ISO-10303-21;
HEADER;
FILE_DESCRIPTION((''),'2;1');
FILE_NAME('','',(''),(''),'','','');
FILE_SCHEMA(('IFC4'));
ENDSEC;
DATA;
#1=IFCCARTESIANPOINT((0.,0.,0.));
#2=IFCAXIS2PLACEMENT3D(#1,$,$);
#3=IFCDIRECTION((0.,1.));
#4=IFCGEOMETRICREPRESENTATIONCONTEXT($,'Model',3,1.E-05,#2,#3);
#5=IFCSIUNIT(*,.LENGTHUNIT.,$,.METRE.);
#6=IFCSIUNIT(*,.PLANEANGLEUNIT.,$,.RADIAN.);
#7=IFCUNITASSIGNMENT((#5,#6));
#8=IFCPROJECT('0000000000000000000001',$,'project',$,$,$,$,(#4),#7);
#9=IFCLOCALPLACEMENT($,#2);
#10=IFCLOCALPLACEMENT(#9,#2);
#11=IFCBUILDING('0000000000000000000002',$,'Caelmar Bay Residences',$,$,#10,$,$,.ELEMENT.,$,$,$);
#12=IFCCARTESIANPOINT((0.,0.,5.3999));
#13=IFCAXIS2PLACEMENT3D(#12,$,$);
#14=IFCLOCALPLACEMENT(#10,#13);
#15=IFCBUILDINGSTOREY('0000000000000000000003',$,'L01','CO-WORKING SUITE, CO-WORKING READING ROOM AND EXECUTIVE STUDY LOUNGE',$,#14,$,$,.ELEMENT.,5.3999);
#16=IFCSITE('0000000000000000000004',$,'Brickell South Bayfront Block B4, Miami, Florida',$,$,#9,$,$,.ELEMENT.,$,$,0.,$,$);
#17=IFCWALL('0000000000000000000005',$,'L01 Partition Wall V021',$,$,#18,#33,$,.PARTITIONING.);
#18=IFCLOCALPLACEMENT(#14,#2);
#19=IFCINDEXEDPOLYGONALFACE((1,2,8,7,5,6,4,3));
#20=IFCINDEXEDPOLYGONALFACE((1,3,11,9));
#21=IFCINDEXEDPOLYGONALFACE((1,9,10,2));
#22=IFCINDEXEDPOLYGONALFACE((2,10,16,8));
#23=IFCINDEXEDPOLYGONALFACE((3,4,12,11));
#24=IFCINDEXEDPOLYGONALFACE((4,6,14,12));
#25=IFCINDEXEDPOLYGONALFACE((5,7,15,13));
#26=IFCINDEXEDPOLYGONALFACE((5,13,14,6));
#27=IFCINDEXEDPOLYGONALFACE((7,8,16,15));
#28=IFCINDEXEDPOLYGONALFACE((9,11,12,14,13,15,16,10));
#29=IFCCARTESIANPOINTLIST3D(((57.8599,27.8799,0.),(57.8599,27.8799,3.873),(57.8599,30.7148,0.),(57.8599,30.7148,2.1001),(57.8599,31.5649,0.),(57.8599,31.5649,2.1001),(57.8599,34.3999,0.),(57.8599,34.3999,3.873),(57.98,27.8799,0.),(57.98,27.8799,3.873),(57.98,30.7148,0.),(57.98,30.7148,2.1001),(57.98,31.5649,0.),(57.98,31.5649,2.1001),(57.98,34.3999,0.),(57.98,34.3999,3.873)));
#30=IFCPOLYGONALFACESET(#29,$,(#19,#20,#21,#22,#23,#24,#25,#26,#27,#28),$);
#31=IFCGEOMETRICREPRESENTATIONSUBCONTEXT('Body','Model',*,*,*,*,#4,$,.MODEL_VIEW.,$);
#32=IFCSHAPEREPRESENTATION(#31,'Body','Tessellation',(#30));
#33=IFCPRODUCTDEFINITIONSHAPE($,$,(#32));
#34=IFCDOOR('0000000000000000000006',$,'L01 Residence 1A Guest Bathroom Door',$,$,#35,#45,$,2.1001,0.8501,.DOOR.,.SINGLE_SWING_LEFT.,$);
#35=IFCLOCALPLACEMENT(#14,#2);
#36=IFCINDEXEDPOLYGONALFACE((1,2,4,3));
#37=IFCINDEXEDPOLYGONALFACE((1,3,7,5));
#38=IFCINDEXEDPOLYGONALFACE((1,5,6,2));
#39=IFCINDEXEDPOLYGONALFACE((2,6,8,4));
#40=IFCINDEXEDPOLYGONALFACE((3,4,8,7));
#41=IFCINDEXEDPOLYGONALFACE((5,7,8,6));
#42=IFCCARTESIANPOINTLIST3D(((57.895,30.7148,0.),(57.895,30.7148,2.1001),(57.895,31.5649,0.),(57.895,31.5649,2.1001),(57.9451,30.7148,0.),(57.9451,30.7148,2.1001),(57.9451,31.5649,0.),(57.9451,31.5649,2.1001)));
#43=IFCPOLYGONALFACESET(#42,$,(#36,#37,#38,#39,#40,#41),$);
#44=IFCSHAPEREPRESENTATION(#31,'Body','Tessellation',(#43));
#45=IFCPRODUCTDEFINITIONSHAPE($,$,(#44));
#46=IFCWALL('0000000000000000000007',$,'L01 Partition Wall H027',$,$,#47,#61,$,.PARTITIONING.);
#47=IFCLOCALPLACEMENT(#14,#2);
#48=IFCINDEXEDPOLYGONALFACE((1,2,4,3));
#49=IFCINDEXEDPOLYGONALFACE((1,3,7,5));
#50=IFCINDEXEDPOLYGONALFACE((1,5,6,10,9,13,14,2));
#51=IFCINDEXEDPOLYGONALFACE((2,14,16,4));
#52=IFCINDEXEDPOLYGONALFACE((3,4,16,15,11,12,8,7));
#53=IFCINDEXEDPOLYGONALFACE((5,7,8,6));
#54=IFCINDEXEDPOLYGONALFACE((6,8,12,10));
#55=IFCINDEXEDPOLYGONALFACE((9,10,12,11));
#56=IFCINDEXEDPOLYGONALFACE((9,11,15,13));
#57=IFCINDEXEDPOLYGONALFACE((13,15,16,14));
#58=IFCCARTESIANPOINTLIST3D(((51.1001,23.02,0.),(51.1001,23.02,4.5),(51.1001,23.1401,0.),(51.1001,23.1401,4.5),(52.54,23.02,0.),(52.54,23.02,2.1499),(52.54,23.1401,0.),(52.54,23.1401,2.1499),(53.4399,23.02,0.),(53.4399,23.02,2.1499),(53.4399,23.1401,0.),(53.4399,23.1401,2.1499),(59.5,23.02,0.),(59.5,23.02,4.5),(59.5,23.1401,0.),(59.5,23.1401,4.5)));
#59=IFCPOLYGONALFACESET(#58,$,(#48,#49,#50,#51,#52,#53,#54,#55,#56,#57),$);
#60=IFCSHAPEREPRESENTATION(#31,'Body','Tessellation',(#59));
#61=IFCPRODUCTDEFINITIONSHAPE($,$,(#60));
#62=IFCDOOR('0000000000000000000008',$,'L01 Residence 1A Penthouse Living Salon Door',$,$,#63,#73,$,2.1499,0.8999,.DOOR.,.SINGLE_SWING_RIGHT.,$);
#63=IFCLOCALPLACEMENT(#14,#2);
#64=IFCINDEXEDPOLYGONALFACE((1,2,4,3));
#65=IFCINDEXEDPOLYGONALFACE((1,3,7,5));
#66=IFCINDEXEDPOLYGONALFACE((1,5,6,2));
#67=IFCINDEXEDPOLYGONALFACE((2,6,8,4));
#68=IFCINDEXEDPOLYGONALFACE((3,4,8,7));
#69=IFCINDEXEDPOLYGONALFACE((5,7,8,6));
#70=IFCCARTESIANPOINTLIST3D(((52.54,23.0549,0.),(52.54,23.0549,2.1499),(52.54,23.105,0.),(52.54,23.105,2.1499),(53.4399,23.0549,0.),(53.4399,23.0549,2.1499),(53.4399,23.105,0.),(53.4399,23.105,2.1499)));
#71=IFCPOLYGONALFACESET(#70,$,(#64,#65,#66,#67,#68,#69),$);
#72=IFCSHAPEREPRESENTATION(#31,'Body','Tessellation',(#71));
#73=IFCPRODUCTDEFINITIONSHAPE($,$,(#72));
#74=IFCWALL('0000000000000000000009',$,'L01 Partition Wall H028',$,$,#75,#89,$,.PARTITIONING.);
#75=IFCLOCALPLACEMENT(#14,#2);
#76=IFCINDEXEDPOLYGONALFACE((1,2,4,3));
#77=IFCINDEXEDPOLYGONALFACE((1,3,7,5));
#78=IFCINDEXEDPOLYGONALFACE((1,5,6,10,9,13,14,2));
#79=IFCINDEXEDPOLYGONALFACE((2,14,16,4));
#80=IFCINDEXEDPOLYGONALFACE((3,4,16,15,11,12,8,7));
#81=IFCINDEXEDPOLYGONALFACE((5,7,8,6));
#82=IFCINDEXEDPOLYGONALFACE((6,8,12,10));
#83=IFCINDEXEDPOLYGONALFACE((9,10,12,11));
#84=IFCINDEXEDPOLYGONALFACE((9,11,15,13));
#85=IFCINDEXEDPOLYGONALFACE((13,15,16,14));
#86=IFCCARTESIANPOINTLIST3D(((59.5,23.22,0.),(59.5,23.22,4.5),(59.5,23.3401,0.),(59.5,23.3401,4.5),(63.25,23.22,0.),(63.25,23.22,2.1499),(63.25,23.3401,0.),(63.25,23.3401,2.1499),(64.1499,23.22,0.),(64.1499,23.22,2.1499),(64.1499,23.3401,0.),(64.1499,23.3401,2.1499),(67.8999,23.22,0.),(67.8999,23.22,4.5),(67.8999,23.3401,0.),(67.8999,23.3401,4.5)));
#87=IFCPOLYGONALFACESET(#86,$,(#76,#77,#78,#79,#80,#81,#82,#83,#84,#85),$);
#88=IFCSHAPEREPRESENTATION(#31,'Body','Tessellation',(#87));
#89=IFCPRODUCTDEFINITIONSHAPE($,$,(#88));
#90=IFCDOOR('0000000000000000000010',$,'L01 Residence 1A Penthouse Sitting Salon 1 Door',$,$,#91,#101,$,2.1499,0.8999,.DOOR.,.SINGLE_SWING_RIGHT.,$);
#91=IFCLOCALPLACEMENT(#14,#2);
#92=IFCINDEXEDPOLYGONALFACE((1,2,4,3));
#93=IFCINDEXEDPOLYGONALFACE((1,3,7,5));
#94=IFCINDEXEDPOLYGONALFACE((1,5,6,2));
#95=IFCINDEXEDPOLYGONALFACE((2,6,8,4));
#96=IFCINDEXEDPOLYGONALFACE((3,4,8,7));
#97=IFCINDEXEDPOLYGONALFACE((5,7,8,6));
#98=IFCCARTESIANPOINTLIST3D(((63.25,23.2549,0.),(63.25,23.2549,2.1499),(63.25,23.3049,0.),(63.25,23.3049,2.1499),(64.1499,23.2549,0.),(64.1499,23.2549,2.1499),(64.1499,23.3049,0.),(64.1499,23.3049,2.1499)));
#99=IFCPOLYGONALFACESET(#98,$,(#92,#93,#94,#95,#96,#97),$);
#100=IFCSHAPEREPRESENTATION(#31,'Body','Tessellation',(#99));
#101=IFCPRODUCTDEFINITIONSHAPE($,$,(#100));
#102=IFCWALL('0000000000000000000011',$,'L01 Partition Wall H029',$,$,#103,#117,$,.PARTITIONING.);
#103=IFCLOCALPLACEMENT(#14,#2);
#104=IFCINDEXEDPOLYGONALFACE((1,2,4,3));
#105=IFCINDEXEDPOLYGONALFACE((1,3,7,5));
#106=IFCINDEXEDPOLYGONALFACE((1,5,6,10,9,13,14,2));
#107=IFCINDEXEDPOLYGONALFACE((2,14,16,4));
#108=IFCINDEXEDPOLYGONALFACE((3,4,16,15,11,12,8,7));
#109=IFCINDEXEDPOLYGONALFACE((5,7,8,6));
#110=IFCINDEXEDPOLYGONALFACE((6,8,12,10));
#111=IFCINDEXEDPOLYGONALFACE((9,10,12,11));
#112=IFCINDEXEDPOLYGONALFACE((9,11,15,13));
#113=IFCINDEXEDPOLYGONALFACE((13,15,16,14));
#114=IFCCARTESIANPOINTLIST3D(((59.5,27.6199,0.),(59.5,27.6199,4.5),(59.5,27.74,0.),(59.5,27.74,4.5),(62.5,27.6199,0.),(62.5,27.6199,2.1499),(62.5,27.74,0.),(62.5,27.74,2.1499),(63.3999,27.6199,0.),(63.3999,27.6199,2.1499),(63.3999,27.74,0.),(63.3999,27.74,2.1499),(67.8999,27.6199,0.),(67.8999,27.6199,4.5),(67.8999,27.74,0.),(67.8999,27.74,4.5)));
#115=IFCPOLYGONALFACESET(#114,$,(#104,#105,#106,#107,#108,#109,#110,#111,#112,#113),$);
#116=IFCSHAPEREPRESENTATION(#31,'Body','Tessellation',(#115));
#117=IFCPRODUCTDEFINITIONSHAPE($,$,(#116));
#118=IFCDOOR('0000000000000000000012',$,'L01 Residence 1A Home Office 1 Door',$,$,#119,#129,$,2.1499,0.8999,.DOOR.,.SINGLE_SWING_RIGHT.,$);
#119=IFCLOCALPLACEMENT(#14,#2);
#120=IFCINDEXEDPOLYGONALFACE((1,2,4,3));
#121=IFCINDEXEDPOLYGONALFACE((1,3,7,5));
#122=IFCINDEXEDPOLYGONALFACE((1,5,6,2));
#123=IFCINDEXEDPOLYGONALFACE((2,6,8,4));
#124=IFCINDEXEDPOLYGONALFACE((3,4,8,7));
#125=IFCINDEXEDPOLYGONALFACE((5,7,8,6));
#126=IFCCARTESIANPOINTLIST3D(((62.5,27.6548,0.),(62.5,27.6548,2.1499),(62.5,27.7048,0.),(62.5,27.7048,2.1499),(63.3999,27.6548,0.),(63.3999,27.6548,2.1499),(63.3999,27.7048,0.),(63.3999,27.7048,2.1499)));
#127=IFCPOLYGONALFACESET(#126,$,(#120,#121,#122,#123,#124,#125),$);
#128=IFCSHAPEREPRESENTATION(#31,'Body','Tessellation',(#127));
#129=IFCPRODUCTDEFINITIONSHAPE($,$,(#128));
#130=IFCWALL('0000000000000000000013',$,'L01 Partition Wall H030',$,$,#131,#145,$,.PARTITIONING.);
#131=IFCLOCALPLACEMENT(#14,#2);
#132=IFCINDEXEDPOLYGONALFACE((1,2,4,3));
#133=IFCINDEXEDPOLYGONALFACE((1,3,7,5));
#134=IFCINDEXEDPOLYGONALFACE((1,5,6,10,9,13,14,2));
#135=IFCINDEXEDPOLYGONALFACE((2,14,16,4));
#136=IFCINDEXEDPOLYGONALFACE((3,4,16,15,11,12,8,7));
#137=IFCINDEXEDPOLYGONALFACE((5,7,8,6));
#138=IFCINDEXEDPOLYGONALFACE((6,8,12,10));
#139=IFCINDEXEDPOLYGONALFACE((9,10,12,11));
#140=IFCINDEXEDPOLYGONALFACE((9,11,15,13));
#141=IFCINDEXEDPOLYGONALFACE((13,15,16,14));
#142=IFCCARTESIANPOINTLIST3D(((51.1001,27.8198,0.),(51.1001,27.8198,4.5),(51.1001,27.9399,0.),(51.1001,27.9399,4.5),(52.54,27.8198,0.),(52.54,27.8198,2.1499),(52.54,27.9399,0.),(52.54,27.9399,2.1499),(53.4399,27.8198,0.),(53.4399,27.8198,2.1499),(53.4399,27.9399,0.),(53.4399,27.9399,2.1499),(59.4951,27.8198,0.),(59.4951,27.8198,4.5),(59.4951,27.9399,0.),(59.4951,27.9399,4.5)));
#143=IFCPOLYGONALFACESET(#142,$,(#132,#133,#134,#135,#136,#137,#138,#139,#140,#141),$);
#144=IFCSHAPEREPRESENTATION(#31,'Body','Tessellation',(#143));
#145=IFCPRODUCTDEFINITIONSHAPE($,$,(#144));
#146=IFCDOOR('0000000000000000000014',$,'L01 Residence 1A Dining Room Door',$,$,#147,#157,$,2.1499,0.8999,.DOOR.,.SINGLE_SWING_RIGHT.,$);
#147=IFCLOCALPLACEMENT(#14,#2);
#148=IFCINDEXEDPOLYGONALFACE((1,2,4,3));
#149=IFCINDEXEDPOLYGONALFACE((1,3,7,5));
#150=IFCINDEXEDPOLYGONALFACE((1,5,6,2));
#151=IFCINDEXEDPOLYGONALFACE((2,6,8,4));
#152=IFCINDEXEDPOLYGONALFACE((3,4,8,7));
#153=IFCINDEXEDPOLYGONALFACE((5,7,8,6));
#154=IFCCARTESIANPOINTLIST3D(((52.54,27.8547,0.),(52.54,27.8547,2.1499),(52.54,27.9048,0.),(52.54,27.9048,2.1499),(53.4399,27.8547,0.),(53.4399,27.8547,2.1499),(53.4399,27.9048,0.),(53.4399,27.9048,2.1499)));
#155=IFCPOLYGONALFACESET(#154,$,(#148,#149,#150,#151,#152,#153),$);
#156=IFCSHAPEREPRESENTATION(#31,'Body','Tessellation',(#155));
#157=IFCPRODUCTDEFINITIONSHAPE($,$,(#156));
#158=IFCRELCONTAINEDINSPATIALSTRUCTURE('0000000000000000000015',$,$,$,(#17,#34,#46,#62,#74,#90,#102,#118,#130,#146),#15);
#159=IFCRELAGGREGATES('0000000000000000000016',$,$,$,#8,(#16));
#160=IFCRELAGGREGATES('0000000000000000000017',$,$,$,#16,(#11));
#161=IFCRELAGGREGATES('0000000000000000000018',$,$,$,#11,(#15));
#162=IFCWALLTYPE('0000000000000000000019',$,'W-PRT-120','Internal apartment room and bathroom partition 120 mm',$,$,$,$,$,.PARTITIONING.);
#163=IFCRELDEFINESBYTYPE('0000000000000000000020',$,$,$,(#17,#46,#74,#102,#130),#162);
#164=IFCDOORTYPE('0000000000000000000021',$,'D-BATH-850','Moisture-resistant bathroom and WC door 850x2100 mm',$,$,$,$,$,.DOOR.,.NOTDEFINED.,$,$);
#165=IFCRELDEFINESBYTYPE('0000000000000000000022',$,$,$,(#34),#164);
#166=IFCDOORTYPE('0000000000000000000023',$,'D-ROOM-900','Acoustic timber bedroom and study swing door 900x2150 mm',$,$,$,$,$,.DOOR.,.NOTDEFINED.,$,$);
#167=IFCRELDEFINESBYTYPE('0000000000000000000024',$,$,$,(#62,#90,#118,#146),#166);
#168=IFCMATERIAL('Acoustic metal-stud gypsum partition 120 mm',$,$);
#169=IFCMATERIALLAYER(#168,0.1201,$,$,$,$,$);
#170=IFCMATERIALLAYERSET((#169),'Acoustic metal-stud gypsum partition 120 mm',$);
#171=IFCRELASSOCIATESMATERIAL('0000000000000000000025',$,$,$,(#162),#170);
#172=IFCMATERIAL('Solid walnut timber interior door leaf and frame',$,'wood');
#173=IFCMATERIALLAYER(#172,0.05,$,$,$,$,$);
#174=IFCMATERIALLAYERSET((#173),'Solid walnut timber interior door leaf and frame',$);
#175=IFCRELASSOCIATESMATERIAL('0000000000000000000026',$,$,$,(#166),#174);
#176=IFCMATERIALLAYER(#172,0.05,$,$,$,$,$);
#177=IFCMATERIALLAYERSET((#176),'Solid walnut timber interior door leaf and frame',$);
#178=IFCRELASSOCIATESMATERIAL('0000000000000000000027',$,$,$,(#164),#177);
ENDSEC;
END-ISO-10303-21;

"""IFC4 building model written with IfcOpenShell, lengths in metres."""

from ifc_helpers import new_model, si_unit, direction, frame, frame_2d, origin, place, context, subcontext, project, spatial, rectangle, extrude, material, layer, layer_set, type_object, element, fill, save


model = new_model("IFC4")

# Units and contexts
model_context = context("Model", 3, precision=1e-05, world=origin(), true_north=direction((0.0, 1.0)))
body_context = subcontext(model_context, "Body", "Model", "MODEL_VIEW")
ifc_project = project(units=[si_unit("LENGTHUNIT", "METRE"), si_unit("PLANEANGLEUNIT", "RADIAN")], contexts=[model_context])

# Site, building, storey
site_placement = place(None, origin())
site = spatial("IfcSite", under=ifc_project, at=site_placement, Name="Brickell South Bayfront Block B4, Miami, Florida", CompositionType="ELEMENT", RefElevation=0.0)
building_placement = place(site_placement, origin())
building = spatial("IfcBuilding", under=site, at=building_placement, Name="Caelmar Bay Residences", CompositionType="ELEMENT")
storey_placement = place(building_placement, frame((0.0, 0.0, 5.3999)))
storey = spatial("IfcBuildingStorey", under=building, at=storey_placement, Name="L01", Description="CO-WORKING SUITE, CO-WORKING READING ROOM AND EXECUTIVE STUDY LOUNGE", CompositionType="ELEMENT", Elevation=5.3999)

# Walls, openings, doors
ifc_material_1 = material(Name="Acoustic metal-stud gypsum partition 120 mm")
ifc_layer_1 = layer(ifc_material_1, 0.1201)
ifc_layer_set_1 = layer_set([ifc_layer_1], Name="Acoustic metal-stud gypsum partition 120 mm")
wall_type_1 = type_object("IfcWallType", Name="W-PRT-120", Description="Internal apartment room and bathroom partition 120 mm", PredefinedType="PARTITIONING", material=ifc_layer_set_1)
ifc_material_2 = material(Name="Solid walnut timber interior door leaf and frame", Category="wood")
ifc_layer_2 = layer(ifc_material_2, 0.05)
ifc_layer_set_2 = layer_set([ifc_layer_2], Name="Solid walnut timber interior door leaf and frame")
door_type_1 = type_object("IfcDoorType", Name="D-ROOM-900", Description="Acoustic timber bedroom and study swing door 900x2150 mm", OperationType="NOTDEFINED", PredefinedType="DOOR", material=ifc_layer_set_2)
wall_1_placement = place(storey_placement, frame((57.9199, 27.8799, 0.0), z_axis=(0.0, 0.0, 1.0), x_axis=(0.0, 1.0, 0.0)))
wall_1 = element("IfcWall", 1, at=wall_1_placement, inside=storey, type_object=wall_type_1, Name="L01 Partition Wall V021", PredefinedType="PARTITIONING", context=body_context, shape_type="SweptSolid", body=[
    extrude(rectangle(XDim=6.52, YDim=0.1201, at=frame_2d((3.26, 0.0))), origin(), (0.0, 0.0, 1.0), 3.873),
])
opening_1_placement = place(wall_1_placement, frame((2.835, 0.0, 0.0)))
opening_1 = element("IfcOpeningElement", 2, at=opening_1_placement, cuts=wall_1, PredefinedType="OPENING", context=body_context, shape_type="SweptSolid", body=[
    extrude(rectangle(XDim=0.8501, YDim=2.1001, at=frame_2d((0.425, 1.05))), frame((0.0, 0.0701, 0.0), z_axis=(0.0, -1.0, 0.0), x_axis=(1.0, 0.0, 0.0)), (0.0, 0.0, 1.0), 0.1401),
])
ifc_layer_3 = layer(ifc_material_2, 0.05)
ifc_layer_set_3 = layer_set([ifc_layer_3], Name="Solid walnut timber interior door leaf and frame")
door_type_2 = type_object("IfcDoorType", Name="D-BATH-850", Description="Moisture-resistant bathroom and WC door 850x2100 mm", OperationType="NOTDEFINED", PredefinedType="DOOR", material=ifc_layer_set_3)
door_1_placement = place(opening_1_placement, origin())
door_1 = element("IfcDoor", 3, at=door_1_placement, inside=storey, type_object=door_type_2, Name="L01 Residence 1A Guest Bathroom Door", OperationType="SINGLE_SWING_LEFT", OverallHeight=2.1001, OverallWidth=0.8501, PredefinedType="DOOR", context=body_context, shape_type="SweptSolid", body=[
    extrude(rectangle(XDim=0.8501, YDim=2.1001, at=frame_2d((0.425, 1.05))), frame((0.0, 0.0249, 0.0), z_axis=(0.0, -1.0, 0.0), x_axis=(1.0, 0.0, 0.0)), (0.0, 0.0, 1.0), 0.05),
])
fill(opening_1, door_1)
wall_2_placement = place(storey_placement, frame((51.1001, 23.0801, 0.0), z_axis=(0.0, 0.0, 1.0), x_axis=(1.0, 0.0, 0.0)))
wall_2 = element("IfcWall", 4, at=wall_2_placement, inside=storey, type_object=wall_type_1, Name="L01 Partition Wall H027", PredefinedType="PARTITIONING", context=body_context, shape_type="SweptSolid", body=[
    extrude(rectangle(XDim=8.3999, YDim=0.1201, at=frame_2d((4.2, 0.0))), origin(), (0.0, 0.0, 1.0), 4.5),
])
opening_2_placement = place(wall_2_placement, frame((1.4399, 0.0, 0.0)))
opening_2 = element("IfcOpeningElement", 5, at=opening_2_placement, cuts=wall_2, PredefinedType="OPENING", context=body_context, shape_type="SweptSolid", body=[
    extrude(rectangle(XDim=0.8999, YDim=2.1499, at=frame_2d((0.45, 1.075))), frame((0.0, 0.0701, 0.0), z_axis=(0.0, -1.0, 0.0), x_axis=(1.0, 0.0, 0.0)), (0.0, 0.0, 1.0), 0.1401),
])
door_2_placement = place(opening_2_placement, origin())
door_2 = element("IfcDoor", 6, at=door_2_placement, inside=storey, type_object=door_type_1, Name="L01 Residence 1A Penthouse Living Salon Door", OperationType="SINGLE_SWING_RIGHT", OverallHeight=2.1499, OverallWidth=0.8999, PredefinedType="DOOR", context=body_context, shape_type="SweptSolid", body=[
    extrude(rectangle(XDim=0.8999, YDim=2.1499, at=frame_2d((0.45, 1.075))), frame((0.0, 0.0249, 0.0), z_axis=(0.0, -1.0, 0.0), x_axis=(1.0, 0.0, 0.0)), (0.0, 0.0, 1.0), 0.05),
])
fill(opening_2, door_2)
wall_3_placement = place(storey_placement, frame((59.5, 23.28, 0.0), z_axis=(0.0, 0.0, 1.0), x_axis=(1.0, 0.0, 0.0)))
wall_3 = element("IfcWall", 7, at=wall_3_placement, inside=storey, type_object=wall_type_1, Name="L01 Partition Wall H028", PredefinedType="PARTITIONING", context=body_context, shape_type="SweptSolid", body=[
    extrude(rectangle(XDim=8.3999, YDim=0.1201, at=frame_2d((4.2, 0.0))), origin(), (0.0, 0.0, 1.0), 4.5),
])
opening_3_placement = place(wall_3_placement, frame((3.75, 0.0, 0.0)))
opening_3 = element("IfcOpeningElement", 8, at=opening_3_placement, cuts=wall_3, PredefinedType="OPENING", context=body_context, shape_type="SweptSolid", body=[
    extrude(rectangle(XDim=0.8999, YDim=2.1499, at=frame_2d((0.45, 1.075))), frame((0.0, 0.0701, 0.0), z_axis=(0.0, -1.0, 0.0), x_axis=(1.0, 0.0, 0.0)), (0.0, 0.0, 1.0), 0.1401),
])
door_3_placement = place(opening_3_placement, origin())
door_3 = element("IfcDoor", 9, at=door_3_placement, inside=storey, type_object=door_type_1, Name="L01 Residence 1A Penthouse Sitting Salon 1 Door", OperationType="SINGLE_SWING_RIGHT", OverallHeight=2.1499, OverallWidth=0.8999, PredefinedType="DOOR", context=body_context, shape_type="SweptSolid", body=[
    extrude(rectangle(XDim=0.8999, YDim=2.1499, at=frame_2d((0.45, 1.075))), frame((0.0, 0.0249, 0.0), z_axis=(0.0, -1.0, 0.0), x_axis=(1.0, 0.0, 0.0)), (0.0, 0.0, 1.0), 0.05),
])
fill(opening_3, door_3)
wall_4_placement = place(storey_placement, frame((59.5, 27.6799, 0.0), z_axis=(0.0, 0.0, 1.0), x_axis=(1.0, 0.0, 0.0)))
wall_4 = element("IfcWall", 10, at=wall_4_placement, inside=storey, type_object=wall_type_1, Name="L01 Partition Wall H029", PredefinedType="PARTITIONING", context=body_context, shape_type="SweptSolid", body=[
    extrude(rectangle(XDim=8.3999, YDim=0.1201, at=frame_2d((4.2, 0.0))), origin(), (0.0, 0.0, 1.0), 4.5),
])
opening_4_placement = place(wall_4_placement, frame((3.0, 0.0, 0.0)))
opening_4 = element("IfcOpeningElement", 11, at=opening_4_placement, cuts=wall_4, PredefinedType="OPENING", context=body_context, shape_type="SweptSolid", body=[
    extrude(rectangle(XDim=0.8999, YDim=2.1499, at=frame_2d((0.45, 1.075))), frame((0.0, 0.0701, 0.0), z_axis=(0.0, -1.0, 0.0), x_axis=(1.0, 0.0, 0.0)), (0.0, 0.0, 1.0), 0.1401),
])
door_4_placement = place(opening_4_placement, origin())
door_4 = element("IfcDoor", 12, at=door_4_placement, inside=storey, type_object=door_type_1, Name="L01 Residence 1A Home Office 1 Door", OperationType="SINGLE_SWING_RIGHT", OverallHeight=2.1499, OverallWidth=0.8999, PredefinedType="DOOR", context=body_context, shape_type="SweptSolid", body=[
    extrude(rectangle(XDim=0.8999, YDim=2.1499, at=frame_2d((0.45, 1.075))), frame((0.0, 0.0249, 0.0), z_axis=(0.0, -1.0, 0.0), x_axis=(1.0, 0.0, 0.0)), (0.0, 0.0, 1.0), 0.05),
])
fill(opening_4, door_4)
wall_5_placement = place(storey_placement, frame((51.1001, 27.8799, 0.0), z_axis=(0.0, 0.0, 1.0), x_axis=(1.0, 0.0, 0.0)))
wall_5 = element("IfcWall", 13, at=wall_5_placement, inside=storey, type_object=wall_type_1, Name="L01 Partition Wall H030", PredefinedType="PARTITIONING", context=body_context, shape_type="SweptSolid", body=[
    extrude(rectangle(XDim=8.395, YDim=0.1201, at=frame_2d((4.1975, 0.0))), origin(), (0.0, 0.0, 1.0), 4.5),
])
opening_5_placement = place(wall_5_placement, frame((1.4399, 0.0, 0.0)))
opening_5 = element("IfcOpeningElement", 14, at=opening_5_placement, cuts=wall_5, PredefinedType="OPENING", context=body_context, shape_type="SweptSolid", body=[
    extrude(rectangle(XDim=0.8999, YDim=2.1499, at=frame_2d((0.45, 1.075))), frame((0.0, 0.0701, 0.0), z_axis=(0.0, -1.0, 0.0), x_axis=(1.0, 0.0, 0.0)), (0.0, 0.0, 1.0), 0.1401),
])
door_5_placement = place(opening_5_placement, origin())
door_5 = element("IfcDoor", 15, at=door_5_placement, inside=storey, type_object=door_type_1, Name="L01 Residence 1A Dining Room Door", OperationType="SINGLE_SWING_RIGHT", OverallHeight=2.1499, OverallWidth=0.8999, PredefinedType="DOOR", context=body_context, shape_type="SweptSolid", body=[
    extrude(rectangle(XDim=0.8999, YDim=2.1499, at=frame_2d((0.45, 1.075))), frame((0.0, 0.0249, 0.0), z_axis=(0.0, -1.0, 0.0), x_axis=(1.0, 0.0, 0.0)), (0.0, 0.0, 1.0), 0.05),
])
fill(opening_5, door_5)

save(model, "model.ifc")
